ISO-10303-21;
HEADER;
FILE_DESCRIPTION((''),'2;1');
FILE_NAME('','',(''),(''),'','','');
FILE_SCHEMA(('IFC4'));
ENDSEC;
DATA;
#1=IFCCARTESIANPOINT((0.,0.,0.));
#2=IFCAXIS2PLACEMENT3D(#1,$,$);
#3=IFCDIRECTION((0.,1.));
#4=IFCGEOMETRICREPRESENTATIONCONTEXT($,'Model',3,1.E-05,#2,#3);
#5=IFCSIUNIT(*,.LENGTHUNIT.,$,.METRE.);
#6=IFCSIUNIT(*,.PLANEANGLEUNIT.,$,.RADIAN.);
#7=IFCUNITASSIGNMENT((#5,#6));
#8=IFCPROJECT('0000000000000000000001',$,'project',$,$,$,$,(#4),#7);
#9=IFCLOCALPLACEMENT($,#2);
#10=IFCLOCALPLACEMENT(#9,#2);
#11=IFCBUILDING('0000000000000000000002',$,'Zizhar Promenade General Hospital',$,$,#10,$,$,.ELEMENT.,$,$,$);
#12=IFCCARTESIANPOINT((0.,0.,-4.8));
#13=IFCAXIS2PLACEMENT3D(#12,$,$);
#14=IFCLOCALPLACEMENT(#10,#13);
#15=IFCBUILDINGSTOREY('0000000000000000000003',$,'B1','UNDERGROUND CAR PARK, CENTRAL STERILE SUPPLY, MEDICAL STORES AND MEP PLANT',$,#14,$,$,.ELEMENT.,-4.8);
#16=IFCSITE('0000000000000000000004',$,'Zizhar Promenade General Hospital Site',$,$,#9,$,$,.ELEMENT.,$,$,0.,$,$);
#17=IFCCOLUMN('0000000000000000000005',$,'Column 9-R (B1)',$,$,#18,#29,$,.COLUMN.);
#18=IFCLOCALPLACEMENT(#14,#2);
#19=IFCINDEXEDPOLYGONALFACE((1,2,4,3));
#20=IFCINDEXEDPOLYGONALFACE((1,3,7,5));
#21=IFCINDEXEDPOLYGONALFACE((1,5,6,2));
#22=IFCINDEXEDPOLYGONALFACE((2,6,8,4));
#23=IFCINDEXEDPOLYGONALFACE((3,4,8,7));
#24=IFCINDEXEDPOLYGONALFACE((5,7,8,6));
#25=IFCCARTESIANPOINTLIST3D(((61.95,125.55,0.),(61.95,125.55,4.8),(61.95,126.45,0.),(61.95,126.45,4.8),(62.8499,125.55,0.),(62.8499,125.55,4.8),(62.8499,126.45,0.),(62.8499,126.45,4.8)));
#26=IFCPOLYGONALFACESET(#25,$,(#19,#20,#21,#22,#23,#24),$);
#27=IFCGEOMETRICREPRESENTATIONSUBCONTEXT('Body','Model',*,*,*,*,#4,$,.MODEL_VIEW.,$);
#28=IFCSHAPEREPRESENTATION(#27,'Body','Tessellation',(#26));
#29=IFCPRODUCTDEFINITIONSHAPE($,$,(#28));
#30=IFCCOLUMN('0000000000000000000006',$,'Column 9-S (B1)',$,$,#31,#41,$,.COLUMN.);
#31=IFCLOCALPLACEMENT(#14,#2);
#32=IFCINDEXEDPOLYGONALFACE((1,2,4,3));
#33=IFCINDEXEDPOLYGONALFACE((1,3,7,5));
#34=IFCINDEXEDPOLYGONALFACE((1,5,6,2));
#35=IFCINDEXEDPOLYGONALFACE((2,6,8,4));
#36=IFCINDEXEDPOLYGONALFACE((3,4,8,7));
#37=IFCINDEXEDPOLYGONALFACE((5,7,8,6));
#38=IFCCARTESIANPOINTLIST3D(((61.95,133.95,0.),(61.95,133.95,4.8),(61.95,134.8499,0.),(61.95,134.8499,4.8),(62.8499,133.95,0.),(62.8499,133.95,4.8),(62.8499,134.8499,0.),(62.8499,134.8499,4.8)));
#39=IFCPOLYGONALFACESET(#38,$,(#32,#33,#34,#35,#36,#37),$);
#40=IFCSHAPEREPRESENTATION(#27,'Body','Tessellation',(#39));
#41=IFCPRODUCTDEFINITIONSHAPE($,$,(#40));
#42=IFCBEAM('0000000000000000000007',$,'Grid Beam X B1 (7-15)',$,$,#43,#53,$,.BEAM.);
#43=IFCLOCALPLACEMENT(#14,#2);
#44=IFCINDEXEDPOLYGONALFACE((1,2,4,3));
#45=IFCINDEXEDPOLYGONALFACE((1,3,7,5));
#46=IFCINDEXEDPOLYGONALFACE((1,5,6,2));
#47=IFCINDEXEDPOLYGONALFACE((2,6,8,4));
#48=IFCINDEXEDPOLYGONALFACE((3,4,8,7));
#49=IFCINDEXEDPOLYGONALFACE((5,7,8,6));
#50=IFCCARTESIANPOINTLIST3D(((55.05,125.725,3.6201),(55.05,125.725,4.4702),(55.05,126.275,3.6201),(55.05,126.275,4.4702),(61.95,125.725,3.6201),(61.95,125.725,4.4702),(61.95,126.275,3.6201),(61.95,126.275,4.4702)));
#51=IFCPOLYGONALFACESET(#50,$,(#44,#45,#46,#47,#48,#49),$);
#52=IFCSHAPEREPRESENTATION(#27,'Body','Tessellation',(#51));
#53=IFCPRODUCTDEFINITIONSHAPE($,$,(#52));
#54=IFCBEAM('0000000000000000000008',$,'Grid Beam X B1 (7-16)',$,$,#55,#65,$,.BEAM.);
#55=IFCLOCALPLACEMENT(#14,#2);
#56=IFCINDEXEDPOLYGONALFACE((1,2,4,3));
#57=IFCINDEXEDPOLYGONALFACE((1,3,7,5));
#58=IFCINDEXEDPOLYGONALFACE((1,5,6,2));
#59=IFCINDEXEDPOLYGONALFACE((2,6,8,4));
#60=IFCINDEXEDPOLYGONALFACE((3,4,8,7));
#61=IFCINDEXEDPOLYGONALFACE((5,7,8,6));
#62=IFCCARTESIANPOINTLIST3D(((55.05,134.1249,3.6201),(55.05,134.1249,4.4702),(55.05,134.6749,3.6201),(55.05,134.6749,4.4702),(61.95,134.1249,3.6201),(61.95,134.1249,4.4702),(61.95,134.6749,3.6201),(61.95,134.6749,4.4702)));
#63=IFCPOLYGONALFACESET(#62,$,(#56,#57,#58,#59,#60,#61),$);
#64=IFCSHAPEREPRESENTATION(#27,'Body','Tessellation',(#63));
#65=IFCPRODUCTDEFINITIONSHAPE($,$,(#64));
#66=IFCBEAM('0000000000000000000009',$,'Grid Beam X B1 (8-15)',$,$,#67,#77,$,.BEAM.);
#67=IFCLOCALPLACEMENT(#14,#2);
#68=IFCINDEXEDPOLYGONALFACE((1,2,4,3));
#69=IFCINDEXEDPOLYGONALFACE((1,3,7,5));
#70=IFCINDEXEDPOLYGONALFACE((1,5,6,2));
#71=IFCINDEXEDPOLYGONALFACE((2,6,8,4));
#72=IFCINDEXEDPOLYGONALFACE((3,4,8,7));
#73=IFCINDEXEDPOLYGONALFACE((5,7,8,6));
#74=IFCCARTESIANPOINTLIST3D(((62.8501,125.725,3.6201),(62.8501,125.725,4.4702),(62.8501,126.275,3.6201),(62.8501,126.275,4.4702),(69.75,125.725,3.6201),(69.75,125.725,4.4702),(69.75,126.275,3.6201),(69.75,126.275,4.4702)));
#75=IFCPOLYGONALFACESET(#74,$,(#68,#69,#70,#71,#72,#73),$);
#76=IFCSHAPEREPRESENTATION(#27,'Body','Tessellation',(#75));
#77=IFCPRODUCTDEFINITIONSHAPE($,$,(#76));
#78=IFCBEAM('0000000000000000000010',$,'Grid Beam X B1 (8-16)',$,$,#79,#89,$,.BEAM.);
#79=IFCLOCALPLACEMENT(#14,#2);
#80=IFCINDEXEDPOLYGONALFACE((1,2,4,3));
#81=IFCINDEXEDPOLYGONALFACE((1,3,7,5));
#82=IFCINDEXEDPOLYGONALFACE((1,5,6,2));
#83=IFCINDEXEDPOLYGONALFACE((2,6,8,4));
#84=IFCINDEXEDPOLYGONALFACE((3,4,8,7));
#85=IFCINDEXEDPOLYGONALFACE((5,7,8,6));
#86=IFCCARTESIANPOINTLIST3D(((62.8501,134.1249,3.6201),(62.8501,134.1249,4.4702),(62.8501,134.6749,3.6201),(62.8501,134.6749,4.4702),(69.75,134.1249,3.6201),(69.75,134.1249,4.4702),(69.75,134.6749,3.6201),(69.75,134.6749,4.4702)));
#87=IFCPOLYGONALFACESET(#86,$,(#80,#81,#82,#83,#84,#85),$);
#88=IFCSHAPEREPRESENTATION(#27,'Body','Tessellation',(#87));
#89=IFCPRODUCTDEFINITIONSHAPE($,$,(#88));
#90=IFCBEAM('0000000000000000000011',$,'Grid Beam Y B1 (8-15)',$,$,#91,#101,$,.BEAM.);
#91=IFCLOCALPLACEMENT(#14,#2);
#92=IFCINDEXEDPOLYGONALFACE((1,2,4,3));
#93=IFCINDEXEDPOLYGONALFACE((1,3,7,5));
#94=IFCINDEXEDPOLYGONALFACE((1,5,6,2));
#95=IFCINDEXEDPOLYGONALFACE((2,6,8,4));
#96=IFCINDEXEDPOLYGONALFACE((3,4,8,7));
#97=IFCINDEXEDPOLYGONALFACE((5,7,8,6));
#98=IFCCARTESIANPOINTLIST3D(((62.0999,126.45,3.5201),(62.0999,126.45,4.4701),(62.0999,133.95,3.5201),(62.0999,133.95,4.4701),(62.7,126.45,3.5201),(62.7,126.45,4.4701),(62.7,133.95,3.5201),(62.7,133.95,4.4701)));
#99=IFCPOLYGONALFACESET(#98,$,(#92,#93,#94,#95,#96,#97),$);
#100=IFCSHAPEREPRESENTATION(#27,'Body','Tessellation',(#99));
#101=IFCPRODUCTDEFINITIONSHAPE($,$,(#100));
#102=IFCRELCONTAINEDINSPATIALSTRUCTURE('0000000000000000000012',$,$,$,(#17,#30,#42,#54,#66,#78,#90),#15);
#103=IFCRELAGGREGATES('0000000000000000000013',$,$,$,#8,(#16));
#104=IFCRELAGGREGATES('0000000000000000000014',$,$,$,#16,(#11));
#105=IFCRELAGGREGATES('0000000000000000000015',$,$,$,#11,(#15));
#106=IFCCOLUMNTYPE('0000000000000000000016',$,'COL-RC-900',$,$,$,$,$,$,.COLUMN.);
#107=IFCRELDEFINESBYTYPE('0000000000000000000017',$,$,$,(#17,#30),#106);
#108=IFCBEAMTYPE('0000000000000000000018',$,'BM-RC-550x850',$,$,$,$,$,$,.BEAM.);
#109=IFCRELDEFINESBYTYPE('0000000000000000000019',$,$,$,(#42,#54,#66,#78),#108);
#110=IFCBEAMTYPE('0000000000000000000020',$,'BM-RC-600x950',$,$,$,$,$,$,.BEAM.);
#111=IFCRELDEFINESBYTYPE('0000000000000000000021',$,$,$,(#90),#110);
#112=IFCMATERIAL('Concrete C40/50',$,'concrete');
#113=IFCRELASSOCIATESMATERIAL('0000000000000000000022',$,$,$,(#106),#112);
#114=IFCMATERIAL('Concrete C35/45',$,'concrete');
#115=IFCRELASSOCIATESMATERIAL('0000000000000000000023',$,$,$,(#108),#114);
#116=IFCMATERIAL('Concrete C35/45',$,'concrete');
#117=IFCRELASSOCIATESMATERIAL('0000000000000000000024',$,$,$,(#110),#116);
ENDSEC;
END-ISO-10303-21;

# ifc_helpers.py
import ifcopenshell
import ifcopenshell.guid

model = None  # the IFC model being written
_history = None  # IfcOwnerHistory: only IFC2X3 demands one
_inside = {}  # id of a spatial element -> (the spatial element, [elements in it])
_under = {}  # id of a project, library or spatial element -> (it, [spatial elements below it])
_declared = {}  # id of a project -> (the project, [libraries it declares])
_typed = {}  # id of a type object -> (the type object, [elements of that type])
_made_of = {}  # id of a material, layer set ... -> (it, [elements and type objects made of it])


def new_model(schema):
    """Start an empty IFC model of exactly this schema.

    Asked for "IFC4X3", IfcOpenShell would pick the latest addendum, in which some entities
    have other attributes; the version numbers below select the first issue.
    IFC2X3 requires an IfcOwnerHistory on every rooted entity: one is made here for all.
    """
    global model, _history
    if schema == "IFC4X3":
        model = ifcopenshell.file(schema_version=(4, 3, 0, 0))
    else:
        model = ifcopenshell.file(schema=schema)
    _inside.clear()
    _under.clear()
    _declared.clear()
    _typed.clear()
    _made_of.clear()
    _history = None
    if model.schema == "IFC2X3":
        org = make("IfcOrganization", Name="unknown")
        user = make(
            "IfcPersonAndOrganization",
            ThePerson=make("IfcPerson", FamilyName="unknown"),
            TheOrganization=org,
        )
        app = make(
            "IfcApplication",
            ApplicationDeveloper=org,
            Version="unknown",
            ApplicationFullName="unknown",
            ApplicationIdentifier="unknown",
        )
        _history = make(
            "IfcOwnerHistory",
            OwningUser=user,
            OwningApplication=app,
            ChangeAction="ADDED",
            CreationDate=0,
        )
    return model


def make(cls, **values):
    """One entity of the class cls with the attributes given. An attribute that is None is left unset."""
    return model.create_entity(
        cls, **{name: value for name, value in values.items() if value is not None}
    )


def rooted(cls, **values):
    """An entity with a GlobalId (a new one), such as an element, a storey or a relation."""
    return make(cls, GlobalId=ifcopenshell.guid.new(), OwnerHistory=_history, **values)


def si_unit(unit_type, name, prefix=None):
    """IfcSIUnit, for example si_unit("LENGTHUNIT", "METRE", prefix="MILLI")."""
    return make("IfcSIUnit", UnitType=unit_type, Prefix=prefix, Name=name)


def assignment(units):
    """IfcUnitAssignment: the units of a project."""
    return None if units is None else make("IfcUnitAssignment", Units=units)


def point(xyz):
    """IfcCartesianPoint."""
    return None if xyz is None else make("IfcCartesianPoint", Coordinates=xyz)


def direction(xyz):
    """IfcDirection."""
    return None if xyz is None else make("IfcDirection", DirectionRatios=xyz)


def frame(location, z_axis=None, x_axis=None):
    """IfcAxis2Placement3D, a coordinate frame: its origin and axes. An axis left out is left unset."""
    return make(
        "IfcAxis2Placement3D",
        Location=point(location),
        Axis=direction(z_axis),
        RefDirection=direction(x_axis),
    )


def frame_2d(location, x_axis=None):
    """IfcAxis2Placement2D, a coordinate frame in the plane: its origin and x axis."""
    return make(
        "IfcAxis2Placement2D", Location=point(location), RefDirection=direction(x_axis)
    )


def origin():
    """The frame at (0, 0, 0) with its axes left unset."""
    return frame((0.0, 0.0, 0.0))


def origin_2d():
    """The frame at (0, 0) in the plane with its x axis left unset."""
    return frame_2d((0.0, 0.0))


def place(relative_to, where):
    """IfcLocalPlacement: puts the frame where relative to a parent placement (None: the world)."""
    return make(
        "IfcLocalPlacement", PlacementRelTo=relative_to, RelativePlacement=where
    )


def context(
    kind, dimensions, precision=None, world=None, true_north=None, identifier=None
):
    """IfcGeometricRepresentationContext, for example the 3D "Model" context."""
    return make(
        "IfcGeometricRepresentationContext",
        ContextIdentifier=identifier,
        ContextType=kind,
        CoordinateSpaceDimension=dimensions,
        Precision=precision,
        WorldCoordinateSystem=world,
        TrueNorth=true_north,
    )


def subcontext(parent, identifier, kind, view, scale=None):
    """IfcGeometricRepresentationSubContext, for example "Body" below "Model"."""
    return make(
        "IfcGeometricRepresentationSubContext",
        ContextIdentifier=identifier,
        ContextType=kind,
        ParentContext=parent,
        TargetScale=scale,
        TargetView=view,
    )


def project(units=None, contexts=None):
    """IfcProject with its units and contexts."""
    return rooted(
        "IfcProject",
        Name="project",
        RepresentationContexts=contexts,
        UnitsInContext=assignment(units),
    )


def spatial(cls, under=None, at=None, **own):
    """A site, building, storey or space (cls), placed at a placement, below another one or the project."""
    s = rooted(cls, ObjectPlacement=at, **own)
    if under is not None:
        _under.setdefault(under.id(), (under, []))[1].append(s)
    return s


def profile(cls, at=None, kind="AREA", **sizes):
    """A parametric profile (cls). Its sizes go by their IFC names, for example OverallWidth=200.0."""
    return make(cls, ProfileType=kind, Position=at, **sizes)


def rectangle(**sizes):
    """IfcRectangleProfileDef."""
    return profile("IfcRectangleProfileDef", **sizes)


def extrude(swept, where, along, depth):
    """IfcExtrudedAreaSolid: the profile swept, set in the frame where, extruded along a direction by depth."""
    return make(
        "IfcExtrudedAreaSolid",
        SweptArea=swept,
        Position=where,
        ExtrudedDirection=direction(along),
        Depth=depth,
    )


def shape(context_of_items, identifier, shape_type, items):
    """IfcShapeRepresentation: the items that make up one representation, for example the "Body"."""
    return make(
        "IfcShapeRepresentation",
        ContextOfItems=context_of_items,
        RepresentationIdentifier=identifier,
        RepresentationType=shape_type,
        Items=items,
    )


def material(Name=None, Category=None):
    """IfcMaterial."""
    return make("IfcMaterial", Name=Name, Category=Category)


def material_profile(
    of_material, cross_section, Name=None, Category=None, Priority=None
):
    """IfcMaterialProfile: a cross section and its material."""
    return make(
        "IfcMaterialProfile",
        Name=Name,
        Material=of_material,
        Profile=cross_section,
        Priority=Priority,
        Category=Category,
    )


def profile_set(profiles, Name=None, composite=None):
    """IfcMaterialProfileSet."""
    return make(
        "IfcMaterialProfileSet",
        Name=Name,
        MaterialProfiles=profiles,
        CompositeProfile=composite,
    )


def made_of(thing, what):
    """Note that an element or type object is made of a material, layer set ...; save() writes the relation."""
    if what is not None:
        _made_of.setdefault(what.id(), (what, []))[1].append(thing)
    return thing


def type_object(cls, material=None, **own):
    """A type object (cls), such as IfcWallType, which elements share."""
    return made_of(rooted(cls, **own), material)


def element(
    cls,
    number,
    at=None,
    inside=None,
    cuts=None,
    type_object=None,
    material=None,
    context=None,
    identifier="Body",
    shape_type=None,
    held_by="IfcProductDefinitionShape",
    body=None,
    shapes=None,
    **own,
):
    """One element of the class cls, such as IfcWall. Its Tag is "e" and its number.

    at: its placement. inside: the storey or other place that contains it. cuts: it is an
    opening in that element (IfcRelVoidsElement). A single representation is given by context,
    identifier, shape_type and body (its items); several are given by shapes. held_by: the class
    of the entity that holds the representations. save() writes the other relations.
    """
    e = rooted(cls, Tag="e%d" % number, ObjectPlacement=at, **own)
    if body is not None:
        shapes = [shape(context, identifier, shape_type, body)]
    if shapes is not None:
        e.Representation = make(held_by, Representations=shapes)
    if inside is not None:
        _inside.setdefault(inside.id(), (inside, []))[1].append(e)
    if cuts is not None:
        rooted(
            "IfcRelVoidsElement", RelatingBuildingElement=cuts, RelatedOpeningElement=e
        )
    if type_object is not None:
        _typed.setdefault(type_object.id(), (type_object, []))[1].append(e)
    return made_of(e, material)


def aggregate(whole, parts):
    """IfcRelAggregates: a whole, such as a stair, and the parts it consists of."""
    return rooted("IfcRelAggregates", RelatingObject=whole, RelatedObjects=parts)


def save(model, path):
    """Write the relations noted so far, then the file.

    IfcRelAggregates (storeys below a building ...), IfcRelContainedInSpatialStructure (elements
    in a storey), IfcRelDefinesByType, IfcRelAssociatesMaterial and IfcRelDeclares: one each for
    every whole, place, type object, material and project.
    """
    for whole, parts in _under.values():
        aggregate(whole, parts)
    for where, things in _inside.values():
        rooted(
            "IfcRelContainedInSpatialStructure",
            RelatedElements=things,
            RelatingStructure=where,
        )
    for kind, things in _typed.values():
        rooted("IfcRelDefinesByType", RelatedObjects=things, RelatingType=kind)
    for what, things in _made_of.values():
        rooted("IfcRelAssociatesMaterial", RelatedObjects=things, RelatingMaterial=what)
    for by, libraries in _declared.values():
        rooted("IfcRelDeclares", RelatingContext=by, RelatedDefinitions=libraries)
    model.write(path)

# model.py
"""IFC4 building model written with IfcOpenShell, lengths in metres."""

from ifc_helpers import new_model, si_unit, direction, frame, origin, origin_2d, place, context, subcontext, project, spatial, rectangle, extrude, material, material_profile, profile_set, type_object, element, save


model = new_model("IFC4")

# Units and contexts
model_context = context("Model", 3, precision=1e-05, world=origin(), true_north=direction((0.0, 1.0)))
body_context = subcontext(model_context, "Body", "Model", "MODEL_VIEW")
ifc_project = project(units=[si_unit("LENGTHUNIT", "METRE"), si_unit("PLANEANGLEUNIT", "RADIAN")], contexts=[model_context])

# Site, building, storey
site_placement = place(None, origin())
site = spatial("IfcSite", under=ifc_project, at=site_placement, Name="Zizhar Promenade General Hospital Site", CompositionType="ELEMENT", RefElevation=0.0)
building_placement = place(site_placement, origin())
building = spatial("IfcBuilding", under=site, at=building_placement, Name="Zizhar Promenade General Hospital", CompositionType="ELEMENT")
storey_placement = place(building_placement, frame((0.0, 0.0, -4.8)))
storey = spatial("IfcBuildingStorey", under=building, at=storey_placement, Name="B1", Description="UNDERGROUND CAR PARK, CENTRAL STERILE SUPPLY, MEDICAL STORES AND MEP PLANT", CompositionType="ELEMENT", Elevation=-4.8)

# Columns
ifc_material_1 = material(Name="Concrete C40/50", Category="concrete")
ifc_material_profile_1 = material_profile(ifc_material_1, rectangle(XDim=0.8999, YDim=0.8999, at=origin_2d()))
ifc_profile_set_1 = profile_set([ifc_material_profile_1], Name="Concrete C40/50")
column_type = type_object("IfcColumnType", Name="COL-RC-900", PredefinedType="COLUMN", material=ifc_profile_set_1)
for number, where, z_axis, x_axis, name in (
    (1, (62.3999, 126.0, 0.0), (0.0, 0.0, 1.0), (1.0, 0.0, 0.0), "Column 9-R (B1)"),
    (2, (62.3999, 134.3999, 0.0), (0.0, 0.0, 1.0), (1.0, 0.0, 0.0), "Column 9-S (B1)"),
):
    element("IfcColumn", number, at=place(storey_placement, frame(where, z_axis=z_axis, x_axis=x_axis)), inside=storey, type_object=column_type, Name=name, PredefinedType="COLUMN", context=body_context, shape_type="SweptSolid", body=[
        extrude(rectangle(XDim=0.8999, YDim=0.8999, at=origin_2d()), origin(), (0.0, 0.0, 1.0), 4.8),
    ])

# Beams
ifc_material_2 = material(Name="Concrete C35/45", Category="concrete")
ifc_material_profile_2 = material_profile(ifc_material_2, rectangle(XDim=0.55, YDim=0.8501, at=origin_2d()))
ifc_profile_set_2 = profile_set([ifc_material_profile_2], Name="Concrete C35/45")
beam_type_1 = type_object("IfcBeamType", Name="BM-RC-550x850", PredefinedType="BEAM", material=ifc_profile_set_2)
for number, where, z_axis, x_axis, name in (
    (3, (55.05, 126.0, 4.0452), (1.0, 0.0, 0.0), (0.0, 1.0, 0.0), "Grid Beam X B1 (7-15)"),
    (4, (55.05, 134.3999, 4.0452), (1.0, 0.0, 0.0), (0.0, 1.0, 0.0), "Grid Beam X B1 (7-16)"),
    (5, (62.8501, 126.0, 4.0452), (1.0, 0.0, 0.0), (0.0, 1.0, 0.0), "Grid Beam X B1 (8-15)"),
    (6, (62.8501, 134.3999, 4.0452), (1.0, 0.0, 0.0), (0.0, 1.0, 0.0), "Grid Beam X B1 (8-16)"),
):
    element("IfcBeam", number, at=place(storey_placement, frame(where, z_axis=z_axis, x_axis=x_axis)), inside=storey, type_object=beam_type_1, Name=name, PredefinedType="BEAM", context=body_context, shape_type="SweptSolid", body=[
        extrude(rectangle(XDim=0.55, YDim=0.8501, at=origin_2d()), origin(), (0.0, 0.0, 1.0), 6.8999),
    ])
ifc_material_3 = material(Name="Concrete C35/45", Category="concrete")
ifc_material_profile_3 = material_profile(ifc_material_3, rectangle(XDim=0.6001, YDim=0.95, at=origin_2d()))
ifc_profile_set_3 = profile_set([ifc_material_profile_3], Name="Concrete C35/45")
beam_type_2 = type_object("IfcBeamType", Name="BM-RC-600x950", PredefinedType="BEAM", material=ifc_profile_set_3)
beam_placement = place(storey_placement, frame((62.3999, 126.45, 3.9951), z_axis=(0.0, 1.0, 0.0), x_axis=(-1.0, 0.0, 0.0)))
element("IfcBeam", 7, at=beam_placement, inside=storey, type_object=beam_type_2, Name="Grid Beam Y B1 (8-15)", PredefinedType="BEAM", context=body_context, shape_type="SweptSolid", body=[
    extrude(rectangle(XDim=0.6001, YDim=0.95, at=origin_2d()), origin(), (0.0, 0.0, 1.0), 7.5),
])

save(model, "model.ifc")
